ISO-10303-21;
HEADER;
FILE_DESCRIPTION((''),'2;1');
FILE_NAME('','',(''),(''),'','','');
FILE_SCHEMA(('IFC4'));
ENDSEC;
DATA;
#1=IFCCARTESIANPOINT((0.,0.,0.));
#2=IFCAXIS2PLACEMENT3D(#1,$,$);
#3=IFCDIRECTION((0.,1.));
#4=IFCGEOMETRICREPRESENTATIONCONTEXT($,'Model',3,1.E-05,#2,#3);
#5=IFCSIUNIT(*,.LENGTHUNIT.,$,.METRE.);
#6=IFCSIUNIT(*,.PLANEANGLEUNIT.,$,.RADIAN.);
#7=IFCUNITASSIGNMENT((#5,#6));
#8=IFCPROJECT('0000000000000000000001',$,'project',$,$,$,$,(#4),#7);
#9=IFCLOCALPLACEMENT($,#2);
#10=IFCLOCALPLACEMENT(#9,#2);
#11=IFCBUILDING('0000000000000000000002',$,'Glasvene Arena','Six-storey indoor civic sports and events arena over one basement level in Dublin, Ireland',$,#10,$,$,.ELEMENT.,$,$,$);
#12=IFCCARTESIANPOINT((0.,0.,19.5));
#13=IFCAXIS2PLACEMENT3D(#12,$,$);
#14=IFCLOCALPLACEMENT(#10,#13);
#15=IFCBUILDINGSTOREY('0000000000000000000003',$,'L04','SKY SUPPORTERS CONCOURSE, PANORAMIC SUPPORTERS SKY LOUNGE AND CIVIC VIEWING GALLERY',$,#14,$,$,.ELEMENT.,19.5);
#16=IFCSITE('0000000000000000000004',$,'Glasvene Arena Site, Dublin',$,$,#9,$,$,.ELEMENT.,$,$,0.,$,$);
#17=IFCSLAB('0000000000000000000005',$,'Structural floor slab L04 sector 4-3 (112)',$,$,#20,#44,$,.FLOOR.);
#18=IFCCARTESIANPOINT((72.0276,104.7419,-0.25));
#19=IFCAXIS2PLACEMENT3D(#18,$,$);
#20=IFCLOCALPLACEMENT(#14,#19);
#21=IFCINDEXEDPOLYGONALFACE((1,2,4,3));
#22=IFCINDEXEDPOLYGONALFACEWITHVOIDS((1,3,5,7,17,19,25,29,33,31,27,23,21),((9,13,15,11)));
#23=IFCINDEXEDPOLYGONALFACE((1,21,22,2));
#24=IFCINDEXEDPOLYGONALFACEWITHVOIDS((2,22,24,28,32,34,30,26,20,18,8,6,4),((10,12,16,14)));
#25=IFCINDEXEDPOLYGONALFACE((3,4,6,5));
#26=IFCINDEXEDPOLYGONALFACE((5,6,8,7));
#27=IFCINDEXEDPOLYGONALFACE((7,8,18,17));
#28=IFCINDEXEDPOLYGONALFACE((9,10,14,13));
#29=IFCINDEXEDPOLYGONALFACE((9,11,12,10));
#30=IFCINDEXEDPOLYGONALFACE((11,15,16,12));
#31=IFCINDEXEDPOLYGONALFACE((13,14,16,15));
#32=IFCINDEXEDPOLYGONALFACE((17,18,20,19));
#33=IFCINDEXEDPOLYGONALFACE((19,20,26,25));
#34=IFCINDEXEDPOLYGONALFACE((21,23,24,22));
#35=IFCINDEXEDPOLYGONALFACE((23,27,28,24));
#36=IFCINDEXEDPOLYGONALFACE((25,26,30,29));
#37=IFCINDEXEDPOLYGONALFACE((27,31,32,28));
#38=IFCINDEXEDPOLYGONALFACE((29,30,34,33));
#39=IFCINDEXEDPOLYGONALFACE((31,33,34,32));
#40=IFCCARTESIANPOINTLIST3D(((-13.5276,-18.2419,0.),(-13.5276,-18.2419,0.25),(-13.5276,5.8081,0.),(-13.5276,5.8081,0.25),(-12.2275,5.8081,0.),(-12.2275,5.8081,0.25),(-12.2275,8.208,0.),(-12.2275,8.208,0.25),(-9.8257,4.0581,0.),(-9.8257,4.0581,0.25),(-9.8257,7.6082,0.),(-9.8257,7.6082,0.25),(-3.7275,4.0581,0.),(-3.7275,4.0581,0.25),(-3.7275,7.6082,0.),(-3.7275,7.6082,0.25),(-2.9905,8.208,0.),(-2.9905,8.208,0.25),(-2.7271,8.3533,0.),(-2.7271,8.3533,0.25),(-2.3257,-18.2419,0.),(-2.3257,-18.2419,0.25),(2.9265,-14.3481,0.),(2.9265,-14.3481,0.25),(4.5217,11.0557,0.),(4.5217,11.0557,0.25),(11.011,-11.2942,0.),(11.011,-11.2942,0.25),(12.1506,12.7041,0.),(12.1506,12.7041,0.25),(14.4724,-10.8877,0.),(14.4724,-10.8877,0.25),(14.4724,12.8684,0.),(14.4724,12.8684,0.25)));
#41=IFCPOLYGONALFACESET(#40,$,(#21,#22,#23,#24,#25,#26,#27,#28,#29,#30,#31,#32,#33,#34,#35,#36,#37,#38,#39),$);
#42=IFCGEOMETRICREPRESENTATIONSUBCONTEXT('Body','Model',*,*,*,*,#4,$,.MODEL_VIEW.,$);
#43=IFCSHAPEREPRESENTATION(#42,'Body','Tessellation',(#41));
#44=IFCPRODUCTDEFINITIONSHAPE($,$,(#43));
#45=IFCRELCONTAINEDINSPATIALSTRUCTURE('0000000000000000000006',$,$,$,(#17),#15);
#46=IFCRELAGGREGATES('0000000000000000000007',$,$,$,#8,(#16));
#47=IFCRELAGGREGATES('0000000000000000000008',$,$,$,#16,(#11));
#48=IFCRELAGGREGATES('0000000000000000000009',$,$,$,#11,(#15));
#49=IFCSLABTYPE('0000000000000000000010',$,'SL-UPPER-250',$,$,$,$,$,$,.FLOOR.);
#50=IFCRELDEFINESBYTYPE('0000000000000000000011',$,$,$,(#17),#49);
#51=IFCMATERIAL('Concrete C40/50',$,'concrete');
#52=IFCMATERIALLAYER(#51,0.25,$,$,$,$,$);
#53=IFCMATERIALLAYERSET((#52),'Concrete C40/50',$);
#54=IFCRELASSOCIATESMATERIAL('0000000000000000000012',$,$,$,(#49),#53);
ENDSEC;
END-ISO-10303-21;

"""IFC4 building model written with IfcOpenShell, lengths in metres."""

from ifc_helpers import new_model, si_unit, direction, frame, origin, place, context, subcontext, project, spatial, polyline, outline, extrude, material, layer, layer_set, type_object, element, save


model = new_model("IFC4")

# Units and contexts
model_context = context("Model", 3, precision=1e-05, world=origin(), true_north=direction((0.0, 1.0)))
body_context = subcontext(model_context, "Body", "Model", "MODEL_VIEW")
ifc_project = project(units=[si_unit("LENGTHUNIT", "METRE"), si_unit("PLANEANGLEUNIT", "RADIAN")], contexts=[model_context])

# Site, building, storey
site_placement = place(None, origin())
site = spatial("IfcSite", under=ifc_project, at=site_placement, Name="Glasvene Arena Site, Dublin", CompositionType="ELEMENT", RefElevation=0.0)
building_placement = place(site_placement, origin())
building = spatial("IfcBuilding", under=site, at=building_placement, Name="Glasvene Arena", Description="Six-storey indoor civic sports and events arena over one basement level in Dublin, Ireland", CompositionType="ELEMENT")
storey_placement = place(building_placement, frame((0.0, 0.0, 19.5)))
storey = spatial("IfcBuildingStorey", under=building, at=storey_placement, Name="L04", Description="SKY SUPPORTERS CONCOURSE, PANORAMIC SUPPORTERS SKY LOUNGE AND CIVIC VIEWING GALLERY", CompositionType="ELEMENT", Elevation=19.5)

# Slab
ifc_material_1 = material(Name="Concrete C40/50", Category="concrete")
ifc_layer_1 = layer(ifc_material_1, 0.25)
ifc_layer_set_1 = layer_set([ifc_layer_1], Name="Concrete C40/50")
slab_type = type_object("IfcSlabType", Name="SL-UPPER-250", PredefinedType="FLOOR", material=ifc_layer_set_1)
slab_placement = place(storey_placement, frame((72.0276, 104.7419, -0.25)))
element("IfcSlab", 1, at=slab_placement, inside=storey, type_object=slab_type, Name="Structural floor slab L04 sector 4-3 (112)", PredefinedType="FLOOR", context=body_context, shape_type="SweptSolid", body=[
    extrude(outline(polyline([(-12.2275, 8.208), (-2.9905, 8.208), (-2.7271, 8.3533), (4.5217, 11.0557), (12.1506, 12.7041), (14.4724, 12.8684), (14.4724, -10.8877), (11.011, -11.2942), (2.9265, -14.3481), (-2.3257, -18.2419), (-13.5276, -18.2419), (-13.5276, 5.8081), (-12.2275, 5.8081), (-12.2275, 8.208)]), holes=[polyline([(-3.7275, 4.0581), (-3.7275, 7.6082), (-9.8257, 7.6082), (-9.8257, 4.0581), (-3.7275, 4.0581)])]), origin(), (0.0, 0.0, 1.0), 0.25),
])

save(model, "model.ifc")
